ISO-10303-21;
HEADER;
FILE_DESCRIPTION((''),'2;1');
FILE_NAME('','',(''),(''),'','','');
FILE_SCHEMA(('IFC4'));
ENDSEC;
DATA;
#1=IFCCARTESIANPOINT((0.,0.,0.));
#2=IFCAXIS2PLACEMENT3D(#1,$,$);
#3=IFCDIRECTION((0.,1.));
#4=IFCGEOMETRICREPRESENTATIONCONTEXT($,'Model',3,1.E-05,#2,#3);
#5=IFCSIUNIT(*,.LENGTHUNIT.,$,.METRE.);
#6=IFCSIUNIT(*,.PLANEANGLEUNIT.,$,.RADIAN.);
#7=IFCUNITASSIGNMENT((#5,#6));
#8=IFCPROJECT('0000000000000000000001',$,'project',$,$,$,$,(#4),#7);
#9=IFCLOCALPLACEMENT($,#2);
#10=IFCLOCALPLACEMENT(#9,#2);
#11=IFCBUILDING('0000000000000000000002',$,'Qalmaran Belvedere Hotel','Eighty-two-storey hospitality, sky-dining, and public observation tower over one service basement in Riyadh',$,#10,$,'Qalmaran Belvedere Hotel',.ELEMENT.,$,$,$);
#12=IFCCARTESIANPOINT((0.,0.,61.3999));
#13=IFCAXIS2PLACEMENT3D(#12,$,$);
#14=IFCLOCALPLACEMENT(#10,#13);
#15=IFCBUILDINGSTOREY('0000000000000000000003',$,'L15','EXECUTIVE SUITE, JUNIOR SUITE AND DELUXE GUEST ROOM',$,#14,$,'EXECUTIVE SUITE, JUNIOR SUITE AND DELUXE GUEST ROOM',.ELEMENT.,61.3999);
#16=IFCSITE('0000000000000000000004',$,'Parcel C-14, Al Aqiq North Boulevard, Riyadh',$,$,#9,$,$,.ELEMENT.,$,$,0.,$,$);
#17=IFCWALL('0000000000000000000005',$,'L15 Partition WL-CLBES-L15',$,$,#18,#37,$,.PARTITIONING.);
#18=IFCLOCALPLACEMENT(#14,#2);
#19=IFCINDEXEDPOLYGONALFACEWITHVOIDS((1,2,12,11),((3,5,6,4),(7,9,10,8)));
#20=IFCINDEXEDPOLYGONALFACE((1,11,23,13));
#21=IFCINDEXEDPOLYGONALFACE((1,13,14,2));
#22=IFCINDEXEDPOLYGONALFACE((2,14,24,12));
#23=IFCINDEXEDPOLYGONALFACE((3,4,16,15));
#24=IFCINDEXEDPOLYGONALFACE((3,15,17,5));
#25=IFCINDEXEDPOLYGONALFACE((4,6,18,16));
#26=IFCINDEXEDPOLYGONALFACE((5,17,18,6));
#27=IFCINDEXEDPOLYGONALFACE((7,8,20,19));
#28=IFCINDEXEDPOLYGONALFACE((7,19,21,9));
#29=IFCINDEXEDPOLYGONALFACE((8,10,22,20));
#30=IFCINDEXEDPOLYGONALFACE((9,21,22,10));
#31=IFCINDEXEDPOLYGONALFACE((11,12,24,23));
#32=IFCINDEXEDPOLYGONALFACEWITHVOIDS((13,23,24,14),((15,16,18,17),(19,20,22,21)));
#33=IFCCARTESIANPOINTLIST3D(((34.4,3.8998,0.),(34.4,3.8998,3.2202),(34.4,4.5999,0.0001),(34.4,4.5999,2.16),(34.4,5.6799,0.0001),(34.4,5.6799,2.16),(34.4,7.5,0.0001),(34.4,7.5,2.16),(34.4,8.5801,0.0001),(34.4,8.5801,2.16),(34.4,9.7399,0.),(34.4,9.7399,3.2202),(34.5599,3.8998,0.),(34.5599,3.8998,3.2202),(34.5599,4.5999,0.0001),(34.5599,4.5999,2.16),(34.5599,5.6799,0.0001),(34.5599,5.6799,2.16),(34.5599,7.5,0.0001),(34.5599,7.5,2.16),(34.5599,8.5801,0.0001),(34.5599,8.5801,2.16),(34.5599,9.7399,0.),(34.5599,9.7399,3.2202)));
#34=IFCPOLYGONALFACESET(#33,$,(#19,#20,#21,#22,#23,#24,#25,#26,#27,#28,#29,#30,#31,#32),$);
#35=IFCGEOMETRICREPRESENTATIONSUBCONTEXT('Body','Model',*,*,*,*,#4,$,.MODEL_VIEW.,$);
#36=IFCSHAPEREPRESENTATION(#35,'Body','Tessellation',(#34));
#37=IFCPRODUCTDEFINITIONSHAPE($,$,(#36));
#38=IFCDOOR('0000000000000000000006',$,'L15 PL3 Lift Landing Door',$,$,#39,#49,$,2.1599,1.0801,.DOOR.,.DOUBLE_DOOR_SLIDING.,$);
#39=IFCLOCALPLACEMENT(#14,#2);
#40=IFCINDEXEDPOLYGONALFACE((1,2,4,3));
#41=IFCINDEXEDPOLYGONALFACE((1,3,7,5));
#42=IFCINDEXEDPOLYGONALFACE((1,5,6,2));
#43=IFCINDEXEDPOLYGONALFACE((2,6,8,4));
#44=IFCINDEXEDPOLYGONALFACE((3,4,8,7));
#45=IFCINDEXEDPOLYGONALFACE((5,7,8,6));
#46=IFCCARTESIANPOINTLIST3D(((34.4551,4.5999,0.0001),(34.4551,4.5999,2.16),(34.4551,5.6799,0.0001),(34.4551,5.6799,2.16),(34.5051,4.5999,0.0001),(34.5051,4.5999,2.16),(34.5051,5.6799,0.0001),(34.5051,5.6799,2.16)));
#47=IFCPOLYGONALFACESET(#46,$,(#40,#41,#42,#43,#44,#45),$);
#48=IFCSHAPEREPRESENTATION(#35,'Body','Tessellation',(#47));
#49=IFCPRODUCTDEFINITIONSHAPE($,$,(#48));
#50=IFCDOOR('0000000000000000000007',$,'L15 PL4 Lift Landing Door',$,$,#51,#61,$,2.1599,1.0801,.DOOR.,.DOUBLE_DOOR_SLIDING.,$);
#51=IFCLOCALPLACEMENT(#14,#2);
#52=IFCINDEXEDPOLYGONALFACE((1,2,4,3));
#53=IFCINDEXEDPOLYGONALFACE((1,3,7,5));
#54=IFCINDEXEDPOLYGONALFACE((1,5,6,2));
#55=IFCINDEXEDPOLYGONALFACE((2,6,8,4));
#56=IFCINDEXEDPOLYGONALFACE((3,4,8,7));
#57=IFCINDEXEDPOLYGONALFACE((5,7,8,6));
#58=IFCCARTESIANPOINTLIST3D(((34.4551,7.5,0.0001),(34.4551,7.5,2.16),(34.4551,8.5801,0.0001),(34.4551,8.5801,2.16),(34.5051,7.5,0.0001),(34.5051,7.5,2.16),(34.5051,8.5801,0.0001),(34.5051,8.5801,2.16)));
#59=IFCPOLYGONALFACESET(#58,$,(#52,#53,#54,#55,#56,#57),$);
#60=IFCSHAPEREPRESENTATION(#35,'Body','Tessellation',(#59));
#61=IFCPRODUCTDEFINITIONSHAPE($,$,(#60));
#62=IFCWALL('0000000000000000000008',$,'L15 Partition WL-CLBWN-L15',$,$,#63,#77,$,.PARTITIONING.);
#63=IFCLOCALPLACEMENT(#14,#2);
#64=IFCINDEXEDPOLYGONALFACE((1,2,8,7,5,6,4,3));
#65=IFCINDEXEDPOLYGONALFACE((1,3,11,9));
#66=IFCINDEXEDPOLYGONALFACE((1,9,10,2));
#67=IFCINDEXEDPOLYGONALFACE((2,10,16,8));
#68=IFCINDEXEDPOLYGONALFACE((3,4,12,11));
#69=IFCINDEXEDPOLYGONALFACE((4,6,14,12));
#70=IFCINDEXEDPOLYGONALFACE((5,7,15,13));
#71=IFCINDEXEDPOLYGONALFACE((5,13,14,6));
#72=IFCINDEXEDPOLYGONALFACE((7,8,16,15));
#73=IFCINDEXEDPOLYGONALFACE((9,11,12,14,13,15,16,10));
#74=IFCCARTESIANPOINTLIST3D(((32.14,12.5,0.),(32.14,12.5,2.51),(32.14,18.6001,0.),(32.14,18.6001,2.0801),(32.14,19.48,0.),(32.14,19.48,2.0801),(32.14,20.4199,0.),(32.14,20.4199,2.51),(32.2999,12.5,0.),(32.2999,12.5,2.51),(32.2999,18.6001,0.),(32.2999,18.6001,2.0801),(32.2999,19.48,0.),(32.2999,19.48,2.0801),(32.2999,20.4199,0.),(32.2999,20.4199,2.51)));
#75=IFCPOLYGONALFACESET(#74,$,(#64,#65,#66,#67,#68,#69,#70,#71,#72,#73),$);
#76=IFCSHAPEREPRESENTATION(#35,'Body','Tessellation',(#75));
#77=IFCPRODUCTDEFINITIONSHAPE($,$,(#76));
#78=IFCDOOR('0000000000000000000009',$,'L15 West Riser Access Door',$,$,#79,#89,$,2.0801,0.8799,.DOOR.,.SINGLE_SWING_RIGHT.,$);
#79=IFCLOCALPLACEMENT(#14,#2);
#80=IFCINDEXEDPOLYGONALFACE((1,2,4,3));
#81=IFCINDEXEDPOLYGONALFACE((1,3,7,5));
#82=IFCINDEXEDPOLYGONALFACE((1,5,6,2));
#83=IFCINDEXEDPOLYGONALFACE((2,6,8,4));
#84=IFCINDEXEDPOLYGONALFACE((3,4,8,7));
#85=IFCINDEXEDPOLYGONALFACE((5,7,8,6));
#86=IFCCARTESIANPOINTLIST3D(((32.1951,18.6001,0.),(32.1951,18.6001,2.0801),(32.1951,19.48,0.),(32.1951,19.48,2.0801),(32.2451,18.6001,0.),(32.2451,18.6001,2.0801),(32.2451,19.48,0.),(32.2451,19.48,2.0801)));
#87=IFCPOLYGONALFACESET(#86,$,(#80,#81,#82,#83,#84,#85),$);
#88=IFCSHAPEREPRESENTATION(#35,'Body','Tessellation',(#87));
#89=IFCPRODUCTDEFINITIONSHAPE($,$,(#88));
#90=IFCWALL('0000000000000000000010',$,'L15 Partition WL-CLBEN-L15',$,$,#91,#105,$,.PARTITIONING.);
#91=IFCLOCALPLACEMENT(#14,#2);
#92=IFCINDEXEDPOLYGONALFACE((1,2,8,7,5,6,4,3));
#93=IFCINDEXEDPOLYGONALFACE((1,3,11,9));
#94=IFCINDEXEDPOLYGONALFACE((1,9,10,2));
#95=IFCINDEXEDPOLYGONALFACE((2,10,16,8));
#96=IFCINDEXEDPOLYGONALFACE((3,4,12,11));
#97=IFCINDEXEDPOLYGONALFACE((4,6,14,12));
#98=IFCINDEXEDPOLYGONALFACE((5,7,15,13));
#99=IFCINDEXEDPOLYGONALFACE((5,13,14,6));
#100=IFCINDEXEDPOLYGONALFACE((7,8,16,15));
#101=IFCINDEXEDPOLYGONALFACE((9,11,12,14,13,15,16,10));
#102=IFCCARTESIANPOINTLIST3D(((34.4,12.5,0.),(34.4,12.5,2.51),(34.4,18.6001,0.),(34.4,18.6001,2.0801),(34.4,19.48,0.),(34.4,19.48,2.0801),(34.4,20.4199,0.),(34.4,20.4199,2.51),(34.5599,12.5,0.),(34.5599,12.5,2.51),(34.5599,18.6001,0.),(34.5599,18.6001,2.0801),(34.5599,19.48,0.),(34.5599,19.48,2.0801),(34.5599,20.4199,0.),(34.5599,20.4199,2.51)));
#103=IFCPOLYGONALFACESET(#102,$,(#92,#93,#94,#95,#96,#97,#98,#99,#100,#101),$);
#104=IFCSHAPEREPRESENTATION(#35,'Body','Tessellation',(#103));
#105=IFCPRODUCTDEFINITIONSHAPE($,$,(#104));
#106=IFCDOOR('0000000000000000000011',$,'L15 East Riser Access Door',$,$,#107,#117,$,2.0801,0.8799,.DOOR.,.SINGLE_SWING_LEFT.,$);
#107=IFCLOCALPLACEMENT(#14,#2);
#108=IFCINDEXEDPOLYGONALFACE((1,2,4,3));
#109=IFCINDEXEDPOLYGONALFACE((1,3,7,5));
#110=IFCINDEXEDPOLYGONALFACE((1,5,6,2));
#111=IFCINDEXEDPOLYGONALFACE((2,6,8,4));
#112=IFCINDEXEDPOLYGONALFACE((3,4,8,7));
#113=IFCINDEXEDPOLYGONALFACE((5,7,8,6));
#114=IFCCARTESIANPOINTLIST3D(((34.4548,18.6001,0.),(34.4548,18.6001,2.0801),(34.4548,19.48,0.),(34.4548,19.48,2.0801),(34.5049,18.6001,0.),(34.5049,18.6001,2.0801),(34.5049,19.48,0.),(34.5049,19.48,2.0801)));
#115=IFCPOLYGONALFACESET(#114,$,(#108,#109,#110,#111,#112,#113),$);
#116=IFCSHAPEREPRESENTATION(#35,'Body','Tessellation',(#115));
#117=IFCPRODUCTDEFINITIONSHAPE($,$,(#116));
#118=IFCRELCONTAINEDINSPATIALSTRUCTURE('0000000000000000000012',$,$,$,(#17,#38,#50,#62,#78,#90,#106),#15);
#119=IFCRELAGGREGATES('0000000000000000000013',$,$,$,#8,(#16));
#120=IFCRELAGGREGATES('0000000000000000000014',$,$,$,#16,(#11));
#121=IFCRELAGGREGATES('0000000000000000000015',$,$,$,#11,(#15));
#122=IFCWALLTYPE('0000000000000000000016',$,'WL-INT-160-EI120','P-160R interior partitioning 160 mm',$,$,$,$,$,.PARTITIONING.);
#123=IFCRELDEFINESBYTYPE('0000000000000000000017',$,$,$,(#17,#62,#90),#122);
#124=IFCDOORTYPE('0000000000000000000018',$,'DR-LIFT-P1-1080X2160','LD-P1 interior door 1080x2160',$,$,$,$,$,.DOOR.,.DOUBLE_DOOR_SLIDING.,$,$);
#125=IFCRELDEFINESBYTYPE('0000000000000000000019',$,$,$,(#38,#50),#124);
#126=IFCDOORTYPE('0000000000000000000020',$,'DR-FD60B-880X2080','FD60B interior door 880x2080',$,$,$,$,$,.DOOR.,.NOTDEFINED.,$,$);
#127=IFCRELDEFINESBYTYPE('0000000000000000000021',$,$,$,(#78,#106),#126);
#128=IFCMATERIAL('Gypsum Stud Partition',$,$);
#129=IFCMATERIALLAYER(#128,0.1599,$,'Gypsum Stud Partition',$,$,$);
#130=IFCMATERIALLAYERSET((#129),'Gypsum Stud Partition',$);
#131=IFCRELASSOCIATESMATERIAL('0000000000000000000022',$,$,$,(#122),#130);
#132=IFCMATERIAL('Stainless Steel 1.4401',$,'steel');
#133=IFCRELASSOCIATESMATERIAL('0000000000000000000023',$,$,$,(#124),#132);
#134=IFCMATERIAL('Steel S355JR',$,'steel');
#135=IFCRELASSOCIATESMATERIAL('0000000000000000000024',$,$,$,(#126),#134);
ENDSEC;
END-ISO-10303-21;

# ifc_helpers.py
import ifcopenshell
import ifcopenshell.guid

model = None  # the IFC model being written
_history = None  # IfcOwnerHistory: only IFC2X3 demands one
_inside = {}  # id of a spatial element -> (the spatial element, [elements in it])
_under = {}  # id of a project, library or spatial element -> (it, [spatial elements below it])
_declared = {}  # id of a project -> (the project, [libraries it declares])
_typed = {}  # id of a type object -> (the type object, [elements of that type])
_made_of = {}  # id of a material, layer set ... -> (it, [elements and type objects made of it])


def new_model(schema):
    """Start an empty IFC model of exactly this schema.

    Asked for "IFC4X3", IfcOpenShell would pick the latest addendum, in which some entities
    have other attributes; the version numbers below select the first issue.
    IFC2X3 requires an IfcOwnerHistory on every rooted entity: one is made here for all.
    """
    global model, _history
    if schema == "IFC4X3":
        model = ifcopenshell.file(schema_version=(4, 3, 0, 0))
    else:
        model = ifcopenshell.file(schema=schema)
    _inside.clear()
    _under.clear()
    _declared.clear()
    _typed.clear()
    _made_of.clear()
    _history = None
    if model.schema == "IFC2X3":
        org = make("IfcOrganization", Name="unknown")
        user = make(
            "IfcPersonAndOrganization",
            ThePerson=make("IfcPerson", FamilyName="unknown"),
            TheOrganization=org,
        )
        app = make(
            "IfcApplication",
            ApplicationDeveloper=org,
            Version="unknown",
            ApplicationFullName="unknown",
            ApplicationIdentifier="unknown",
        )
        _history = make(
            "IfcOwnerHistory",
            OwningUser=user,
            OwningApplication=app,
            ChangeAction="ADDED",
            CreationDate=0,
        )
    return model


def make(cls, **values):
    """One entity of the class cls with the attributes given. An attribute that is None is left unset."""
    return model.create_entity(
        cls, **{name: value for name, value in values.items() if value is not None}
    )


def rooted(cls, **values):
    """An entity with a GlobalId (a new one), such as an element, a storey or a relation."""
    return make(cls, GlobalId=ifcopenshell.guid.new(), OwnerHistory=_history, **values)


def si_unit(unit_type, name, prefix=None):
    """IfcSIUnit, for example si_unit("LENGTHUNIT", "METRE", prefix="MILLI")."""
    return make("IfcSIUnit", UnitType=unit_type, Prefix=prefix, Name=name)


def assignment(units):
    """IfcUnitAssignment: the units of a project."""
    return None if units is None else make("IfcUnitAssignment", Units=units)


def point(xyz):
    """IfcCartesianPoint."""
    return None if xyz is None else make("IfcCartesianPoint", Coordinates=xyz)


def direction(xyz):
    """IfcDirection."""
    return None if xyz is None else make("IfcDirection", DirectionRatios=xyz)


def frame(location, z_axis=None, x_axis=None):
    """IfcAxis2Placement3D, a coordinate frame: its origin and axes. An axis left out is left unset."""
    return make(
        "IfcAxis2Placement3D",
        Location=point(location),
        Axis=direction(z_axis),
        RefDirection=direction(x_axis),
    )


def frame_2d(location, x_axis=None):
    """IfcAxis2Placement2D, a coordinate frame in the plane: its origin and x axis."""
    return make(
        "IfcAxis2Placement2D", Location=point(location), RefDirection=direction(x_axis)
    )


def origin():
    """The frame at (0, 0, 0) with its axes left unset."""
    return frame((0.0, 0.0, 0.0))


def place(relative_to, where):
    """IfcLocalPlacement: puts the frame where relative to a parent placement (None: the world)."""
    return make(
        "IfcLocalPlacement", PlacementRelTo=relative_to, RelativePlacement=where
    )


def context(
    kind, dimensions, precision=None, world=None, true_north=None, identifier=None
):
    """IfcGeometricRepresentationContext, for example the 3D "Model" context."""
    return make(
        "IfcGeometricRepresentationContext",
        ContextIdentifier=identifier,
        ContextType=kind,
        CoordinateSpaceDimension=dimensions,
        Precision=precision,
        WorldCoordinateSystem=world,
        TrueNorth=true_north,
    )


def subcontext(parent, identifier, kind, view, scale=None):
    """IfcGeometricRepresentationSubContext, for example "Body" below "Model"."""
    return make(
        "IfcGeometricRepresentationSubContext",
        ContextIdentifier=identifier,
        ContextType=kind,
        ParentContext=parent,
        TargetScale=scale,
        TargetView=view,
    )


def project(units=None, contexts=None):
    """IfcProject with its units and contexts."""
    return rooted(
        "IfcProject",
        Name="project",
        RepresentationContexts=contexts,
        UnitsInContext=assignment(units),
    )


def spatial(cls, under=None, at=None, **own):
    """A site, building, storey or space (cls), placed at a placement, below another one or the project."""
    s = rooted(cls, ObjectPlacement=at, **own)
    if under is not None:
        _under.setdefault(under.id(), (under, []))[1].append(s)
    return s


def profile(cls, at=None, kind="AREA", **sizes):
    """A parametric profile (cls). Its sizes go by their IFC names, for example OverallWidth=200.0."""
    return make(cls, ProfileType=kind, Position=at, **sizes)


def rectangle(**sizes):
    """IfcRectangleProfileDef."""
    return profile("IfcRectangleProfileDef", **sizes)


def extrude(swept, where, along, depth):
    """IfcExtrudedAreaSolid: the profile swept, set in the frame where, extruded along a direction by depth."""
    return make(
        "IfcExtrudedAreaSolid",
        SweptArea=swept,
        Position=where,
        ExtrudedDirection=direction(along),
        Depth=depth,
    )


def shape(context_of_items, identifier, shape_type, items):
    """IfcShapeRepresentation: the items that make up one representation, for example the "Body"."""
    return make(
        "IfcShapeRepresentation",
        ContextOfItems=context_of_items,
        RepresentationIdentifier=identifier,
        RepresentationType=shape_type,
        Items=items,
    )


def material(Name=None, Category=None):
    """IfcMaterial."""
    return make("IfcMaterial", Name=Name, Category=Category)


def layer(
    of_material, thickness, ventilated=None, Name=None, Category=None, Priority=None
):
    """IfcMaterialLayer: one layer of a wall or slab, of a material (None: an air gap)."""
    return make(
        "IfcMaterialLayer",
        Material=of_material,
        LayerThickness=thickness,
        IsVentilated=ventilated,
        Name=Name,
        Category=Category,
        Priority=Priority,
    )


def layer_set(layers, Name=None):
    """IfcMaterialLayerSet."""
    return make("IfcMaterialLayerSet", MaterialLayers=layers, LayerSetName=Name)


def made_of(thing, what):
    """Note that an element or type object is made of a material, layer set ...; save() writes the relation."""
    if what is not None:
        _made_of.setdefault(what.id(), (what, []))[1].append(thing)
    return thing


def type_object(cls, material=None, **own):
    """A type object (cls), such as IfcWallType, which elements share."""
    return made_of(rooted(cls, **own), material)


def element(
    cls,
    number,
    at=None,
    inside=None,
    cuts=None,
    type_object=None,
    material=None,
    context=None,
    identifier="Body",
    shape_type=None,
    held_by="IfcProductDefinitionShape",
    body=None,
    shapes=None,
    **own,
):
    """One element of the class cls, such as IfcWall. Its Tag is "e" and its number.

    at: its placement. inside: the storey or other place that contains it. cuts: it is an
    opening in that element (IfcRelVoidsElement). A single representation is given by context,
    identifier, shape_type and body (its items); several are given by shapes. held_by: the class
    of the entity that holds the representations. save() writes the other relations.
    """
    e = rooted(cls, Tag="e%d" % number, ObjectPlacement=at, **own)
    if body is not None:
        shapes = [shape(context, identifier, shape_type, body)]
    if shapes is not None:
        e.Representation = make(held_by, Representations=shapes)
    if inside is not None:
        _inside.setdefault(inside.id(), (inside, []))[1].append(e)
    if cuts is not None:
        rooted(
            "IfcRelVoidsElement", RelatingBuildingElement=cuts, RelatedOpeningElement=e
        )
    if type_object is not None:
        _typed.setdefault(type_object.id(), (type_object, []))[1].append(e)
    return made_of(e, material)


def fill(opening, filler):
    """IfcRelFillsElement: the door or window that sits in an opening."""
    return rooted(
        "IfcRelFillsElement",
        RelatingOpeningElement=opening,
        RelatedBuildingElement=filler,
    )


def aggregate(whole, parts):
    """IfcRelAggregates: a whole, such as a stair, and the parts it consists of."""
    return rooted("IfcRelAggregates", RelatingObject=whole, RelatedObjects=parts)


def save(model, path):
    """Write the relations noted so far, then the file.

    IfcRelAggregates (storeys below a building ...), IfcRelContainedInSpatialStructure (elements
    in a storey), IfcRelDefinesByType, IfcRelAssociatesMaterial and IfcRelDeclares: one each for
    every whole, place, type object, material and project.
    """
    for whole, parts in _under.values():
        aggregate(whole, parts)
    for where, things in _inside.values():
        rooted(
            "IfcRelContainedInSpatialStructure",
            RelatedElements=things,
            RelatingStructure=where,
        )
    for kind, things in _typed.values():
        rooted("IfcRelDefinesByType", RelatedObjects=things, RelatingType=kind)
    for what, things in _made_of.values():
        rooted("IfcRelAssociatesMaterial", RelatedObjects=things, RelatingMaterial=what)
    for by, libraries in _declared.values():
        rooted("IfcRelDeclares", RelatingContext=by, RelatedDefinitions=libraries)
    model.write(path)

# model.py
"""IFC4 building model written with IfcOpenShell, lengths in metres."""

from ifc_helpers import new_model, si_unit, direction, frame, frame_2d, origin, place, context, subcontext, project, spatial, rectangle, extrude, material, layer, layer_set, type_object, element, fill, save


model = new_model("IFC4")

# Units and contexts
model_context = context("Model", 3, precision=1e-05, world=origin(), true_north=direction((0.0, 1.0)))
body_context = subcontext(model_context, "Body", "Model", "MODEL_VIEW")
ifc_project = project(units=[si_unit("LENGTHUNIT", "METRE"), si_unit("PLANEANGLEUNIT", "RADIAN")], contexts=[model_context])

# Site, building, storey
site_placement = place(None, origin())
site = spatial("IfcSite", under=ifc_project, at=site_placement, Name="Parcel C-14, Al Aqiq North Boulevard, Riyadh", CompositionType="ELEMENT", RefElevation=0.0)
building_placement = place(site_placement, origin())
building = spatial("IfcBuilding", under=site, at=building_placement, Name="Qalmaran Belvedere Hotel", Description="Eighty-two-storey hospitality, sky-dining, and public observation tower over one service basement in Riyadh", LongName="Qalmaran Belvedere Hotel", CompositionType="ELEMENT")
storey_placement = place(building_placement, frame((0.0, 0.0, 61.3999)))
storey = spatial("IfcBuildingStorey", under=building, at=storey_placement, Name="L15", Description="EXECUTIVE SUITE, JUNIOR SUITE AND DELUXE GUEST ROOM", LongName="EXECUTIVE SUITE, JUNIOR SUITE AND DELUXE GUEST ROOM", CompositionType="ELEMENT", Elevation=61.3999)

# Shared definitions
ifc_material_1 = material(Name="Steel S355JR", Category="steel")

# Shared definitions
ifc_material_2 = material(Name="Gypsum Stud Partition")

# Wall, openings, doors
ifc_layer_1 = layer(ifc_material_2, 0.1599, Name="Gypsum Stud Partition")
ifc_layer_set_1 = layer_set([ifc_layer_1], Name="Gypsum Stud Partition")
wall_type_1 = type_object("IfcWallType", Name="WL-INT-160-EI120", Description="P-160R interior partitioning 160 mm", PredefinedType="PARTITIONING", material=ifc_layer_set_1)
ifc_material_3 = material(Name="Stainless Steel 1.4401", Category="steel")
door_type_1 = type_object("IfcDoorType", Name="DR-LIFT-P1-1080X2160", Description="LD-P1 interior door 1080x2160", OperationType="DOUBLE_DOOR_SLIDING", PredefinedType="DOOR", material=ifc_material_3)
wall_1_placement = place(storey_placement, frame((34.48, 3.8999, 0.0), z_axis=(0.0, 0.0, 1.0), x_axis=(0.0, 1.0, 0.0)))
wall_1 = element("IfcWall", 1, at=wall_1_placement, inside=storey, type_object=wall_type_1, Name="L15 Partition WL-CLBES-L15", PredefinedType="PARTITIONING", context=body_context, shape_type="SweptSolid", body=[
    extrude(rectangle(XDim=5.8401, YDim=0.1599, at=frame_2d((2.9199, 0.0))), origin(), (0.0, 0.0, 1.0), 3.2202),
])
opening_1_placement = place(wall_1_placement, frame((0.7, 0.0, 0.0)))
opening_1 = element("IfcOpeningElement", 2, at=opening_1_placement, cuts=wall_1, PredefinedType="OPENING", context=body_context, shape_type="SweptSolid", body=[
    extrude(rectangle(XDim=1.0801, YDim=2.1599, at=frame_2d((0.54, 1.0801))), frame((0.0, 0.0898, 0.0), z_axis=(0.0, -1.0, 0.0), x_axis=(1.0, 0.0, 0.0)), (0.0, 0.0, 1.0), 0.1799),
])
opening_2_placement = place(wall_1_placement, frame((3.6001, 0.0, 0.0)))
opening_2 = element("IfcOpeningElement", 3, at=opening_2_placement, cuts=wall_1, PredefinedType="OPENING", context=body_context, shape_type="SweptSolid", body=[
    extrude(rectangle(XDim=1.0801, YDim=2.1599, at=frame_2d((0.54, 1.0801))), frame((0.0, 0.0898, 0.0), z_axis=(0.0, -1.0, 0.0), x_axis=(1.0, 0.0, 0.0)), (0.0, 0.0, 1.0), 0.1799),
])
door_1_placement = place(opening_1_placement, origin())
door_1 = element("IfcDoor", 4, at=door_1_placement, inside=storey, type_object=door_type_1, Name="L15 PL3 Lift Landing Door", OperationType="DOUBLE_DOOR_SLIDING", OverallHeight=2.1599, OverallWidth=1.0801, PredefinedType="DOOR", context=body_context, shape_type="SweptSolid", body=[
    extrude(rectangle(XDim=1.0801, YDim=2.1599, at=frame_2d((0.54, 1.0801))), frame((0.0, 0.0249, 0.0), z_axis=(0.0, -1.0, 0.0), x_axis=(1.0, 0.0, 0.0)), (0.0, 0.0, 1.0), 0.05),
])
fill(opening_1, door_1)
door_2_placement = place(opening_2_placement, origin())
door_2 = element("IfcDoor", 5, at=door_2_placement, inside=storey, type_object=door_type_1, Name="L15 PL4 Lift Landing Door", OperationType="DOUBLE_DOOR_SLIDING", OverallHeight=2.1599, OverallWidth=1.0801, PredefinedType="DOOR", context=body_context, shape_type="SweptSolid", body=[
    extrude(rectangle(XDim=1.0801, YDim=2.1599, at=frame_2d((0.54, 1.0801))), frame((0.0, 0.0249, 0.0), z_axis=(0.0, -1.0, 0.0), x_axis=(1.0, 0.0, 0.0)), (0.0, 0.0, 1.0), 0.05),
])
fill(opening_2, door_2)

# Walls, openings, doors
wall_2_placement = place(storey_placement, frame((32.22, 12.5, 0.0), z_axis=(0.0, 0.0, 1.0), x_axis=(0.0, 1.0, 0.0)))
wall_2 = element("IfcWall", 6, at=wall_2_placement, inside=storey, type_object=wall_type_1, Name="L15 Partition WL-CLBWN-L15", PredefinedType="PARTITIONING", context=body_context, shape_type="SweptSolid", body=[
    extrude(rectangle(XDim=7.9199, YDim=0.1599, at=frame_2d((3.96, 0.0))), origin(), (0.0, 0.0, 1.0), 2.51),
])
opening_3_placement = place(wall_2_placement, frame((6.1001, 0.0, 0.0)))
opening_3 = element("IfcOpeningElement", 7, at=opening_3_placement, cuts=wall_2, PredefinedType="OPENING", context=body_context, shape_type="SweptSolid", body=[
    extrude(rectangle(XDim=0.8799, YDim=2.0801, at=frame_2d((0.4399, 1.04))), frame((0.0, 0.0898, 0.0), z_axis=(0.0, -1.0, 0.0), x_axis=(1.0, 0.0, 0.0)), (0.0, 0.0, 1.0), 0.1799),
])
door_type_2 = type_object("IfcDoorType", Name="DR-FD60B-880X2080", Description="FD60B interior door 880x2080", OperationType="NOTDEFINED", PredefinedType="DOOR", material=ifc_material_1)
door_3_placement = place(opening_3_placement, origin())
door_3 = element("IfcDoor", 8, at=door_3_placement, inside=storey, type_object=door_type_2, Name="L15 West Riser Access Door", OperationType="SINGLE_SWING_RIGHT", OverallHeight=2.0801, OverallWidth=0.8799, PredefinedType="DOOR", context=body_context, shape_type="SweptSolid", body=[
    extrude(rectangle(XDim=0.8799, YDim=2.0801, at=frame_2d((0.4399, 1.04))), frame((0.0, 0.0249, 0.0), z_axis=(0.0, -1.0, 0.0), x_axis=(1.0, 0.0, 0.0)), (0.0, 0.0, 1.0), 0.05),
])
fill(opening_3, door_3)
wall_3_placement = place(storey_placement, frame((34.48, 12.5, 0.0), z_axis=(0.0, 0.0, 1.0), x_axis=(0.0, 1.0, 0.0)))
wall_3 = element("IfcWall", 9, at=wall_3_placement, inside=storey, type_object=wall_type_1, Name="L15 Partition WL-CLBEN-L15", PredefinedType="PARTITIONING", context=body_context, shape_type="SweptSolid", body=[
    extrude(rectangle(XDim=7.9199, YDim=0.1599, at=frame_2d((3.96, 0.0))), origin(), (0.0, 0.0, 1.0), 2.51),
])
opening_4_placement = place(wall_3_placement, frame((6.98, 0.0, 0.0), z_axis=(0.0, 0.0, 1.0), x_axis=(-1.0, 0.0, 0.0)))
opening_4 = element("IfcOpeningElement", 10, at=opening_4_placement, cuts=wall_3, PredefinedType="OPENING", context=body_context, shape_type="SweptSolid", body=[
    extrude(rectangle(XDim=0.8799, YDim=2.0801, at=frame_2d((0.4399, 1.04))), frame((0.0, 0.0898, 0.0), z_axis=(0.0, -1.0, 0.0), x_axis=(1.0, 0.0, 0.0)), (0.0, 0.0, 1.0), 0.1799),
])
door_4_placement = place(opening_4_placement, origin())
door_4 = element("IfcDoor", 11, at=door_4_placement, inside=storey, type_object=door_type_2, Name="L15 East Riser Access Door", OperationType="SINGLE_SWING_LEFT", OverallHeight=2.0801, OverallWidth=0.8799, PredefinedType="DOOR", context=body_context, shape_type="SweptSolid", body=[
    extrude(rectangle(XDim=0.8799, YDim=2.0801, at=frame_2d((0.4399, 1.04))), frame((0.0, 0.0249, 0.0), z_axis=(0.0, -1.0, 0.0), x_axis=(1.0, 0.0, 0.0)), (0.0, 0.0, 1.0), 0.05),
])
fill(opening_4, door_4)

save(model, "model.ifc")
